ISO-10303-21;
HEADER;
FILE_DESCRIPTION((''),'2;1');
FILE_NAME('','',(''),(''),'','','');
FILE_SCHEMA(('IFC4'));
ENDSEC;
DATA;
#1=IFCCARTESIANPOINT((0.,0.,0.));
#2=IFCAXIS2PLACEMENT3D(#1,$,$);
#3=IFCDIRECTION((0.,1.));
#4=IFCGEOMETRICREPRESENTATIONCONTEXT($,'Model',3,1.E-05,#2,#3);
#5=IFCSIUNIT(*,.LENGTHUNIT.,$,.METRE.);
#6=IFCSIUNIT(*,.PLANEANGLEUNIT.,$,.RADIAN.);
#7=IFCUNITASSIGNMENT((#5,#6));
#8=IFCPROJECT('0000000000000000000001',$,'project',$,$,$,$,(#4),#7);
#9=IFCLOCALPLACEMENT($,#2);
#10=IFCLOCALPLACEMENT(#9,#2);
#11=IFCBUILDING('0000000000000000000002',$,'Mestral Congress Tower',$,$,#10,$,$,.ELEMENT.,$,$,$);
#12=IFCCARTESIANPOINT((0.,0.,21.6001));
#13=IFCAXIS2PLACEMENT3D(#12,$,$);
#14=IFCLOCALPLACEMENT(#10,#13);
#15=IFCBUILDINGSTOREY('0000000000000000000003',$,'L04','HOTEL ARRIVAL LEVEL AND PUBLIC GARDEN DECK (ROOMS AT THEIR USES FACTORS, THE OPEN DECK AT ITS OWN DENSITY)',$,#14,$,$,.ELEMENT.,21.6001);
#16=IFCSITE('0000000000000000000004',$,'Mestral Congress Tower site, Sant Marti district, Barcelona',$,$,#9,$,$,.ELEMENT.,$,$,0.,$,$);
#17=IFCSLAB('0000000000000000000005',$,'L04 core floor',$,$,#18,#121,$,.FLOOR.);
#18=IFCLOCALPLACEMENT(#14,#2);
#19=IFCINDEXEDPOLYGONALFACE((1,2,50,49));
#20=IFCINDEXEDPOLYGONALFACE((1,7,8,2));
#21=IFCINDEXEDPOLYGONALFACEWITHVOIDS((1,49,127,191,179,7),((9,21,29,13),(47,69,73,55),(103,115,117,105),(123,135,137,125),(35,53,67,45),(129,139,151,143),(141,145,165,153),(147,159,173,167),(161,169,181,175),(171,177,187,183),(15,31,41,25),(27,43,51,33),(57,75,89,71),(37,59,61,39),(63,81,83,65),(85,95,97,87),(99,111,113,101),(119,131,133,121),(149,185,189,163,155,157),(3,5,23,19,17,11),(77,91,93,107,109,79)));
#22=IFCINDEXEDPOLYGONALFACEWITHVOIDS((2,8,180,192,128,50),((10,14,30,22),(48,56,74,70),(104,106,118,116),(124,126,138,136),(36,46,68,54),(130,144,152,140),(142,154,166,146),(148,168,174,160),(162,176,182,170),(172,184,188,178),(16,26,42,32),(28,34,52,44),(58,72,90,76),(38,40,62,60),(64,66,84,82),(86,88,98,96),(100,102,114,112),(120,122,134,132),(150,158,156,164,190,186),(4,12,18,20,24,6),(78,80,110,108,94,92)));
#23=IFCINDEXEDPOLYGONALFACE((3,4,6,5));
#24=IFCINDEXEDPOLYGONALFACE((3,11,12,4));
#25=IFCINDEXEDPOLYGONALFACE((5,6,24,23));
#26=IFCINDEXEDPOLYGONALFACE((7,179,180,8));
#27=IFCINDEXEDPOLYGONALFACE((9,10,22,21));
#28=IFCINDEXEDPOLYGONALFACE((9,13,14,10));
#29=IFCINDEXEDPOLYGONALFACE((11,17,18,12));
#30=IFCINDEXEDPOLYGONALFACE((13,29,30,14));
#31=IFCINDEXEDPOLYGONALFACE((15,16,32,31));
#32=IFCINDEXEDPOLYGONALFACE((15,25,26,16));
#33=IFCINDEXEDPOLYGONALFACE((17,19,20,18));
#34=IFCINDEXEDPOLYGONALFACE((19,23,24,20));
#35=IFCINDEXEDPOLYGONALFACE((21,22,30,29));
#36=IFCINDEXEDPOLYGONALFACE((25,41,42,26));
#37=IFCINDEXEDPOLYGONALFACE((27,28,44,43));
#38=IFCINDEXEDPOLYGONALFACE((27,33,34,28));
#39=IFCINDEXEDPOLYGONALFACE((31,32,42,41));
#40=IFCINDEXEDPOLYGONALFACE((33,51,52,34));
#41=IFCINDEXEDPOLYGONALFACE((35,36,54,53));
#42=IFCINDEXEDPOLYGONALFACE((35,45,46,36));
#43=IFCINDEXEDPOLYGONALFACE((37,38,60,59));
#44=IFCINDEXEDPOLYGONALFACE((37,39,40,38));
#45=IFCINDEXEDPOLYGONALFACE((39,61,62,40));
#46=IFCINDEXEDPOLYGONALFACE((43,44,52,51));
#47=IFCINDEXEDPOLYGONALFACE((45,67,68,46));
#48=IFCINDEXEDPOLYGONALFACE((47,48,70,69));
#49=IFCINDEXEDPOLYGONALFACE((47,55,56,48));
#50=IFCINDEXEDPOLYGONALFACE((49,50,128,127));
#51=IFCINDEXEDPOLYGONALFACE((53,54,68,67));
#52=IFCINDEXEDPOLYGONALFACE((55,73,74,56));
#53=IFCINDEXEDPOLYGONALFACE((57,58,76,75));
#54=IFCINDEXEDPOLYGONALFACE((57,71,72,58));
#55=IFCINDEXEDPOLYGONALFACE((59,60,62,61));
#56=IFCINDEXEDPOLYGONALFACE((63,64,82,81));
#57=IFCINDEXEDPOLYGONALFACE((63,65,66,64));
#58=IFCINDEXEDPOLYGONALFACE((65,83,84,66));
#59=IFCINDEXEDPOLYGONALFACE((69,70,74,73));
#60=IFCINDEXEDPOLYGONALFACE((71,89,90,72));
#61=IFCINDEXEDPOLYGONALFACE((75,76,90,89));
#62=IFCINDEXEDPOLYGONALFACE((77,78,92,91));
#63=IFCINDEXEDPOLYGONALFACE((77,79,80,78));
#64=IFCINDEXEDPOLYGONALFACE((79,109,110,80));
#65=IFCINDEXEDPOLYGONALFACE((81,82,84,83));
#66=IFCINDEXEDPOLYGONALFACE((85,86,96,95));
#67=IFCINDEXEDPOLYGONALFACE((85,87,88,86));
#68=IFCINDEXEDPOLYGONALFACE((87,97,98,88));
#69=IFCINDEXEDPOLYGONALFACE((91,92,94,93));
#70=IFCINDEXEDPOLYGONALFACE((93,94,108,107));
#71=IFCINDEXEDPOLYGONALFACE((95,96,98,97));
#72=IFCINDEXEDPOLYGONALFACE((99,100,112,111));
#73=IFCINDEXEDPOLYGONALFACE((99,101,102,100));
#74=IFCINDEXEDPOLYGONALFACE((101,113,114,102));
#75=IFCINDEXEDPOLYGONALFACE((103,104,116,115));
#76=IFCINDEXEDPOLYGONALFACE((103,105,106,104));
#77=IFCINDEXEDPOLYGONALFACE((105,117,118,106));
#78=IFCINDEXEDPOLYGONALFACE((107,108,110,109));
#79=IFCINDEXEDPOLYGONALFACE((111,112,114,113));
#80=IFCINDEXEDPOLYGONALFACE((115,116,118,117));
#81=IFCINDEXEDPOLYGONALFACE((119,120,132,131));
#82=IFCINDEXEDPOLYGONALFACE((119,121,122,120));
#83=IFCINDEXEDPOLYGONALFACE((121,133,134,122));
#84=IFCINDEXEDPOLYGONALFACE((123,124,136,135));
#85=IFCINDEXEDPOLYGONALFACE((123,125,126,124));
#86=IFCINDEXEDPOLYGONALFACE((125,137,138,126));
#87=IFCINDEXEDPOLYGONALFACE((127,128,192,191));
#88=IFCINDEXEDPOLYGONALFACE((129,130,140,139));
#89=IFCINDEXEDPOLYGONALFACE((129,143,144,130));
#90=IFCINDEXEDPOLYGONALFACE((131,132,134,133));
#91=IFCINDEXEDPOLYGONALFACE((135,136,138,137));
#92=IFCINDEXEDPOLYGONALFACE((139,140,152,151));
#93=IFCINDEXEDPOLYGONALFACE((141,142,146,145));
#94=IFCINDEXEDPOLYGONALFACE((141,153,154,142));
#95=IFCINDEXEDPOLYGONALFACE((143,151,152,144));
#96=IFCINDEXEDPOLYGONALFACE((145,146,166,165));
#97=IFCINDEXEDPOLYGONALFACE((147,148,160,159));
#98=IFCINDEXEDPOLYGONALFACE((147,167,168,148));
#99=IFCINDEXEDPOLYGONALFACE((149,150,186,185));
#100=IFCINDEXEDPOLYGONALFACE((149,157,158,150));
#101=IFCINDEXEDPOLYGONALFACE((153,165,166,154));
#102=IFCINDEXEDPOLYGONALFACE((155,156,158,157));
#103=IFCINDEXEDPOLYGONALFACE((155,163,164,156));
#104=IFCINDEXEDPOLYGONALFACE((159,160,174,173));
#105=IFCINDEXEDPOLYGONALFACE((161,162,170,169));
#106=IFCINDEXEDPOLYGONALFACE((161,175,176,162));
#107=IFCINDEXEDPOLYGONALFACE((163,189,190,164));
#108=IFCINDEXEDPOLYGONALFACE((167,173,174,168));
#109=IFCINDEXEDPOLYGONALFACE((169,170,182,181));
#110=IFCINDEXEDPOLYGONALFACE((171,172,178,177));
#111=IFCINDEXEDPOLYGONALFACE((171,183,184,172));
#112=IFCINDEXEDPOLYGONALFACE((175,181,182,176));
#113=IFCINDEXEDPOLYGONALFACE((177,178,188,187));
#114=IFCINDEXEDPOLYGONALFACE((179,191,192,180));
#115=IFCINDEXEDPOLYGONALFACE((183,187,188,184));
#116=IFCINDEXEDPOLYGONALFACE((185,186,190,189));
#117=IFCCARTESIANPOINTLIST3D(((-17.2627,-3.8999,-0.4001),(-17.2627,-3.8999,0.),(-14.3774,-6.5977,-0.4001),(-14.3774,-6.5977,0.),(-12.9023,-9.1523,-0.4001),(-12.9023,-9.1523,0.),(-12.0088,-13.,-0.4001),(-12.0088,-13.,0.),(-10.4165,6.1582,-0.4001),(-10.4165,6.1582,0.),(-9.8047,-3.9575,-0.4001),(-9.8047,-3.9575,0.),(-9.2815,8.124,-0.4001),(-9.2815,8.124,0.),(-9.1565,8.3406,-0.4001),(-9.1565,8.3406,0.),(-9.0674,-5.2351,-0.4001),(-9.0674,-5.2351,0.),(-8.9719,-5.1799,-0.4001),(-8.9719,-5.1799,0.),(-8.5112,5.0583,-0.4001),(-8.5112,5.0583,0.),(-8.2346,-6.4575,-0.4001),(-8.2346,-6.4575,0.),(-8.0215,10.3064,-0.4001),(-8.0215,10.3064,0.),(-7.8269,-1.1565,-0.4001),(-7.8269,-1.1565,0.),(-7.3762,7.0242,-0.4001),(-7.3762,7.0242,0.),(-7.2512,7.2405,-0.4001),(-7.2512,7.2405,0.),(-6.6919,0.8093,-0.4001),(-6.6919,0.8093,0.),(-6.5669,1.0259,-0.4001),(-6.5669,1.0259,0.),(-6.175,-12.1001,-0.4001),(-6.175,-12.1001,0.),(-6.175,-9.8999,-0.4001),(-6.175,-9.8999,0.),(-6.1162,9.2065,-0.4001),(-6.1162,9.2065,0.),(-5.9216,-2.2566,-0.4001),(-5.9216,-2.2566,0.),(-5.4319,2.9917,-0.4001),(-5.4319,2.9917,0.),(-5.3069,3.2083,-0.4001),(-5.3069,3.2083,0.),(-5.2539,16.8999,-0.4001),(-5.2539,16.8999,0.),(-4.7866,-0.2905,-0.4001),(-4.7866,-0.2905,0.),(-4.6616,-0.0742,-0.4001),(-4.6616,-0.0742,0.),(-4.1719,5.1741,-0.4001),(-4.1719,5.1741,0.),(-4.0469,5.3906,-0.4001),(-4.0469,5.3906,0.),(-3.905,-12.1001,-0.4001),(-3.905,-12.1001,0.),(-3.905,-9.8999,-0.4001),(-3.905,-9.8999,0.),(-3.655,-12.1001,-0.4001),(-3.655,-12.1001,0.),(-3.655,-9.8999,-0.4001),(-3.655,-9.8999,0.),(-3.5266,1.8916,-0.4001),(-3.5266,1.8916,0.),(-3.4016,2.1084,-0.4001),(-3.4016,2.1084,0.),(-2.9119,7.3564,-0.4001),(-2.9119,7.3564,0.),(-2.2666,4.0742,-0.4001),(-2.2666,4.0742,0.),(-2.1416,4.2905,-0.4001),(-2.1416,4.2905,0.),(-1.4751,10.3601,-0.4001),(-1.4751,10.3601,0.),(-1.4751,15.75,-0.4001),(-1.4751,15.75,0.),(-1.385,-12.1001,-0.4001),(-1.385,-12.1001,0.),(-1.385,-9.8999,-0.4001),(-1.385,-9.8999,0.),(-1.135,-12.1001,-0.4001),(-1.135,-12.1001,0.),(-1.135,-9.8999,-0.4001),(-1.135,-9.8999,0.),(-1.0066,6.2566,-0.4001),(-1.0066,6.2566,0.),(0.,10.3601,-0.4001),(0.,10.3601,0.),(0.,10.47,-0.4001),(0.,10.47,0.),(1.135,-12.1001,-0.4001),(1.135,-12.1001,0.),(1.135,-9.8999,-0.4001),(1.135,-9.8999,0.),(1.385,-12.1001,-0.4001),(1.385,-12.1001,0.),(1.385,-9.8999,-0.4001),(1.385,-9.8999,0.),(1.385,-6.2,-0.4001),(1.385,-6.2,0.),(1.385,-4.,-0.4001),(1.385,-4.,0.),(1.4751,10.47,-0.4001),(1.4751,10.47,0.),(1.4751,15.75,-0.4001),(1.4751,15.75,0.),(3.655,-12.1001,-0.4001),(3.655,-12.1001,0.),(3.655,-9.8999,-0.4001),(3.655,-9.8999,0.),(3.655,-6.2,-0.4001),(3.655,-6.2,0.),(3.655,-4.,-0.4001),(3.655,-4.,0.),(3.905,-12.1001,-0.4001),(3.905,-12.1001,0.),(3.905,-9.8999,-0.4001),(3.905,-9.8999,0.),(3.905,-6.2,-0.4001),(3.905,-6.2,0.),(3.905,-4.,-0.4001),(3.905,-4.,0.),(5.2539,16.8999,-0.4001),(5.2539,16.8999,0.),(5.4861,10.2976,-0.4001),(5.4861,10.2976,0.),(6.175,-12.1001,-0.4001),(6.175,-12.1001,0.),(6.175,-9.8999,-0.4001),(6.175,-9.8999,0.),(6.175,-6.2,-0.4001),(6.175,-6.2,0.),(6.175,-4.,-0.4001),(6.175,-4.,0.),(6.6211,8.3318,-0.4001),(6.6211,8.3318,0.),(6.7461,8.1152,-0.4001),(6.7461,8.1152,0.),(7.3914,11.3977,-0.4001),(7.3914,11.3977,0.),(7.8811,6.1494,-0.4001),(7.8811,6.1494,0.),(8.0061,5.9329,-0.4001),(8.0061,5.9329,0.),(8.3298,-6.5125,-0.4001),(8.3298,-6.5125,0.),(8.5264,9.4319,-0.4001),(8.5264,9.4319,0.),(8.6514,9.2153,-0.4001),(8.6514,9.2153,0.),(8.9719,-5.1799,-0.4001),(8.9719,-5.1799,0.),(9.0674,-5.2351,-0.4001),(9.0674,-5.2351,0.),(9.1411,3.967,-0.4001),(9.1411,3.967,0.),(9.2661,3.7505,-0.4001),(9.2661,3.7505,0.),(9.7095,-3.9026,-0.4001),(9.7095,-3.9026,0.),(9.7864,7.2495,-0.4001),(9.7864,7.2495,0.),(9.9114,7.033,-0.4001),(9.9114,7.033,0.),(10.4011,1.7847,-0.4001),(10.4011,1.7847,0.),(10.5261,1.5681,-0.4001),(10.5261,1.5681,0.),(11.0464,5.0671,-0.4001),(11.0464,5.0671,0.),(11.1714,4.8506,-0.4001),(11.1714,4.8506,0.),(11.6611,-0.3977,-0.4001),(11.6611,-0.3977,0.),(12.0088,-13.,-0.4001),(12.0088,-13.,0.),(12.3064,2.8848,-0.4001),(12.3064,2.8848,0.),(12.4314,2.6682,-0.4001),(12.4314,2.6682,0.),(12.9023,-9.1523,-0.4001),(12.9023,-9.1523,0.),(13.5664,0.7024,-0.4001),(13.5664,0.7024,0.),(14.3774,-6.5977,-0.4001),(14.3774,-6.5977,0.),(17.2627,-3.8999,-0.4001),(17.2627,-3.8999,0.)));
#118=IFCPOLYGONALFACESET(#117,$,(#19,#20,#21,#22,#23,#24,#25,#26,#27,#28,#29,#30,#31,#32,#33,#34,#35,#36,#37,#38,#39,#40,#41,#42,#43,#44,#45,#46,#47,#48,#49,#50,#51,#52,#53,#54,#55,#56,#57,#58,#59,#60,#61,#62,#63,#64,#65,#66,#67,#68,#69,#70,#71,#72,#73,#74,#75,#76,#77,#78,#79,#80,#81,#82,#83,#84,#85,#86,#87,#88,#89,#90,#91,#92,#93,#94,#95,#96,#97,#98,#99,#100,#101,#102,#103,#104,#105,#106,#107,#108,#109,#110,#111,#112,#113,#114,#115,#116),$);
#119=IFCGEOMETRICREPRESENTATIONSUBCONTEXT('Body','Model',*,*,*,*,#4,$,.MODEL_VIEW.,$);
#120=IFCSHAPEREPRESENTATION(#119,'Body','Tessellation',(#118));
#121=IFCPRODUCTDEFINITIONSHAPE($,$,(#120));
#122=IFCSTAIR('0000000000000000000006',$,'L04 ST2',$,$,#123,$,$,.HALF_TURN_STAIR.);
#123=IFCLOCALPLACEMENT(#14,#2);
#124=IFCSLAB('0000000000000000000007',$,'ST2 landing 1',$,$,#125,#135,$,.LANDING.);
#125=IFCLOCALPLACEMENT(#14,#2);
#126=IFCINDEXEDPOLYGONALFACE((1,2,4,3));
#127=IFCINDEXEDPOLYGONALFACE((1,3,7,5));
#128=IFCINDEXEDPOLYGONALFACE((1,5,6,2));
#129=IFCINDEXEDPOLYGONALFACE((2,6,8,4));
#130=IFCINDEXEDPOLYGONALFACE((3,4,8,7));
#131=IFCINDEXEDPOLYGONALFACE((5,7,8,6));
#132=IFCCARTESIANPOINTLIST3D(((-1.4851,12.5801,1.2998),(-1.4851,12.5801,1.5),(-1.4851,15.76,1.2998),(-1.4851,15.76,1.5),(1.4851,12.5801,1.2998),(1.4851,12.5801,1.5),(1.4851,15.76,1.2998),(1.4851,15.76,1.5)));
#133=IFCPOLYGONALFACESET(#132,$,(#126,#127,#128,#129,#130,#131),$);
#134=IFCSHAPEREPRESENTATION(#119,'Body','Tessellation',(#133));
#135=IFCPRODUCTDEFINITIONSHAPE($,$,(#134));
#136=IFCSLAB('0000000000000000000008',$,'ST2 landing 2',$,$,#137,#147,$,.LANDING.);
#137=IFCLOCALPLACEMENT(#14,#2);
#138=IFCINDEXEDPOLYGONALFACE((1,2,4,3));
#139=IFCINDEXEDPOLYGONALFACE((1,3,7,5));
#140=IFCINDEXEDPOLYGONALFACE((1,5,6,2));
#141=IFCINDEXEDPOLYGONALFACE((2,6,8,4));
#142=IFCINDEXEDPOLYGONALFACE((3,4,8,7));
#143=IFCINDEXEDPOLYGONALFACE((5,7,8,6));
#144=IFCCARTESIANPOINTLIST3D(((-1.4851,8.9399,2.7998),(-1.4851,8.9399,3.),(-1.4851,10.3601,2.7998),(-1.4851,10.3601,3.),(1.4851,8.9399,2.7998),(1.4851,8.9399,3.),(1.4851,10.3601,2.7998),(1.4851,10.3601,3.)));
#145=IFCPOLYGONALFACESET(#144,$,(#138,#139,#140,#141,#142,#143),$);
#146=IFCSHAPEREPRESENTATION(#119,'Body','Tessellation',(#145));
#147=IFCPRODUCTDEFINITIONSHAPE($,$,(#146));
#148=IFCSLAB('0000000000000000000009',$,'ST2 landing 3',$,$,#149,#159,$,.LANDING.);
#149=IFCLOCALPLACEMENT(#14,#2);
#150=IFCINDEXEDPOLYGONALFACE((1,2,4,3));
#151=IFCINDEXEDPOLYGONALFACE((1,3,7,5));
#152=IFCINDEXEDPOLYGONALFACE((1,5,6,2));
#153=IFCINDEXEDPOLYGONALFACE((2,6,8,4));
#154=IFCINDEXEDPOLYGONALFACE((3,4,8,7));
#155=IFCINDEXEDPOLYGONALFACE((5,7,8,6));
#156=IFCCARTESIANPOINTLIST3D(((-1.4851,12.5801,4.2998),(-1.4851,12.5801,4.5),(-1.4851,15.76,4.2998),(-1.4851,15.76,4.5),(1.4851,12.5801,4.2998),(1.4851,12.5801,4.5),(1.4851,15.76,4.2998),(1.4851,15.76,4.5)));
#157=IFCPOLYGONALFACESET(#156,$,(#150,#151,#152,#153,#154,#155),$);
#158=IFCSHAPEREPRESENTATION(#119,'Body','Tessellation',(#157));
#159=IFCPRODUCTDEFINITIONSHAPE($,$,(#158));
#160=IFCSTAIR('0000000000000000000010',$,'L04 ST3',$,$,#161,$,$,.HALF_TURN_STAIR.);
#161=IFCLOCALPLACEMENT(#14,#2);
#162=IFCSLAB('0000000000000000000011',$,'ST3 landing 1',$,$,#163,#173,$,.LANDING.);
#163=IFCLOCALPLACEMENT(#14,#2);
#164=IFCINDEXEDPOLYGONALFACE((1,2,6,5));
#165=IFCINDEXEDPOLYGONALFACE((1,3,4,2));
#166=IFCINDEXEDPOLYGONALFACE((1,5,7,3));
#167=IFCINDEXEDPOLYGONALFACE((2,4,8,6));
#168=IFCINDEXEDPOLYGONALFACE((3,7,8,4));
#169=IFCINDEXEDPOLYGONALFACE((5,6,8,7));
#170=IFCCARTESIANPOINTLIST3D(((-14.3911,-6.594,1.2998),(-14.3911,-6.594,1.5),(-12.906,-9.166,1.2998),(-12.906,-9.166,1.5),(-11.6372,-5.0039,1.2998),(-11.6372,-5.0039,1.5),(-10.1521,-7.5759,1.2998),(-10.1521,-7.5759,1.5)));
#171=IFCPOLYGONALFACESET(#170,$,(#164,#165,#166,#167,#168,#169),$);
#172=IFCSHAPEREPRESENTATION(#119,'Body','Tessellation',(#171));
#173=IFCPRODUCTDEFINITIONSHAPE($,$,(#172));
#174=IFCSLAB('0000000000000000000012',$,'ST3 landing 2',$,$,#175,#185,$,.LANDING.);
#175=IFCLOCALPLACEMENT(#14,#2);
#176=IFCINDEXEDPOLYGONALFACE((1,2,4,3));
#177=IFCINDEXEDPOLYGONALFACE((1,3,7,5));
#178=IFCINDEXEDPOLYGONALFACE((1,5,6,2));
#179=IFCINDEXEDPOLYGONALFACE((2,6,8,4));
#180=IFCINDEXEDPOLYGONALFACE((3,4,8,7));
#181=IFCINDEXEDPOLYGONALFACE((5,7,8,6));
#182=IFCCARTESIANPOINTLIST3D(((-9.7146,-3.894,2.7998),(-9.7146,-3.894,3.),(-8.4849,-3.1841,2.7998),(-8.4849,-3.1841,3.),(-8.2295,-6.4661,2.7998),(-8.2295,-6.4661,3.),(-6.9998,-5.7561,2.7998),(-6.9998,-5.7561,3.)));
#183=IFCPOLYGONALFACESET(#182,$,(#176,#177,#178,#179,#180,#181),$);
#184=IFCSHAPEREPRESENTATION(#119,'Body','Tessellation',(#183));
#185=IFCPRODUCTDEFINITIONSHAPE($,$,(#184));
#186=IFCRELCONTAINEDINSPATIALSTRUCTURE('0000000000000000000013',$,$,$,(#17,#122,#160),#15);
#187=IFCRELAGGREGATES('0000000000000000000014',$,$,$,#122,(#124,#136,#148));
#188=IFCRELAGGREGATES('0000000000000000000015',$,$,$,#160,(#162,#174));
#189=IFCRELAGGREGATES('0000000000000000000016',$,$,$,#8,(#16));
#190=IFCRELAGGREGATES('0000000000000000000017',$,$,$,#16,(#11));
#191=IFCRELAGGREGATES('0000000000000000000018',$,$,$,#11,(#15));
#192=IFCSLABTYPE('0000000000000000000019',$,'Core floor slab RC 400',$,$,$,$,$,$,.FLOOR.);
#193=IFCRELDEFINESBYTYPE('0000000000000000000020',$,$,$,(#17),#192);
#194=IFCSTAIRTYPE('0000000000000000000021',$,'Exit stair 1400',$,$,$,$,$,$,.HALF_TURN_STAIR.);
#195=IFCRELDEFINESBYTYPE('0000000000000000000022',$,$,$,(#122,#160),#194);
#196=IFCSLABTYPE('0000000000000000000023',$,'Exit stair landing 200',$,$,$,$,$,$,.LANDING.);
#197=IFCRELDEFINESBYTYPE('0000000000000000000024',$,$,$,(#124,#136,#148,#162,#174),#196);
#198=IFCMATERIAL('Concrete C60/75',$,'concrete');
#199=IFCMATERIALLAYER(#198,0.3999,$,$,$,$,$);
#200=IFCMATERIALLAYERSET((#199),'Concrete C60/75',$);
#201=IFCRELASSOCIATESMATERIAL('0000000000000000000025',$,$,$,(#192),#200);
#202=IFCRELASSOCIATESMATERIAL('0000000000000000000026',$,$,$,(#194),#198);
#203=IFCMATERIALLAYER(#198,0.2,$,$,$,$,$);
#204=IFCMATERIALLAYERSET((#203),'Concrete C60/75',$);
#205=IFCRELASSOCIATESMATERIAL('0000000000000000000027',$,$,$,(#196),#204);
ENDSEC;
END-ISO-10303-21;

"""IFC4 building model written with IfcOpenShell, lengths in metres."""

from ifc_helpers import new_model, si_unit, direction, frame, origin, place, context, subcontext, project, spatial, polyline, outline, extrude, material, layer, layer_set, type_object, element, aggregate, save


model = new_model("IFC4")

# Units and contexts
model_context = context("Model", 3, precision=1e-05, world=origin(), true_north=direction((0.0, 1.0)))
body_context = subcontext(model_context, "Body", "Model", "MODEL_VIEW")
ifc_project = project(units=[si_unit("LENGTHUNIT", "METRE"), si_unit("PLANEANGLEUNIT", "RADIAN")], contexts=[model_context])

# Site, building, storey
site_placement = place(None, origin())
site = spatial("IfcSite", under=ifc_project, at=site_placement, Name="Mestral Congress Tower site, Sant Marti district, Barcelona", CompositionType="ELEMENT", RefElevation=0.0)
building_placement = place(site_placement, origin())
building = spatial("IfcBuilding", under=site, at=building_placement, Name="Mestral Congress Tower", CompositionType="ELEMENT")
storey_placement = place(building_placement, frame((0.0, 0.0, 21.6001)))
storey = spatial("IfcBuildingStorey", under=building, at=storey_placement, Name="L04", Description="HOTEL ARRIVAL LEVEL AND PUBLIC GARDEN DECK (ROOMS AT THEIR USES FACTORS, THE OPEN DECK AT ITS OWN DENSITY)", CompositionType="ELEMENT", Elevation=21.6001)

# Slab
ifc_material_1 = material(Name="Concrete C60/75", Category="concrete")
ifc_layer_1 = layer(ifc_material_1, 0.3999)
ifc_layer_set_1 = layer_set([ifc_layer_1], Name="Concrete C60/75")
slab_type_1 = type_object("IfcSlabType", Name="Core floor slab RC 400", PredefinedType="FLOOR", material=ifc_layer_set_1)
slab_1_placement = place(storey_placement, frame((0.0, 0.0, -0.4001)))
element("IfcSlab", 1, at=slab_1_placement, inside=storey, type_object=slab_type_1, Name="L04 core floor", PredefinedType="FLOOR", context=body_context, shape_type="SweptSolid", body=[
    extrude(outline(polyline([(12.0088, -13.0), (-12.0088, -13.0), (-17.2627, -3.8999), (-5.2539, 16.8999), (5.2539, 16.8999), (17.2627, -3.8999), (12.0088, -13.0)]), holes=[polyline([(-3.905, -9.8999), (-6.175, -9.8999), (-6.175, -12.1001), (-3.905, -12.1001), (-3.905, -9.8999)]), polyline([(-1.385, -9.8999), (-3.655, -9.8999), (-3.655, -12.1001), (-1.385, -12.1001), (-1.385, -9.8999)]), polyline([(1.135, -9.8999), (-1.135, -9.8999), (-1.135, -12.1001), (1.135, -12.1001), (1.135, -9.8999)]), polyline([(-9.0674, -5.2351), (-9.8047, -3.9575), (-14.3774, -6.5977), (-12.9023, -9.1523), (-8.2346, -6.4575), (-8.9719, -5.1799), (-9.0674, -5.2351)]), polyline([(-7.8269, -1.1565), (-5.9216, -2.2566), (-4.7866, -0.2905), (-6.6919, 0.8093), (-7.8269, -1.1565)]), polyline([(-4.6616, -0.0742), (-3.5266, 1.8916), (-5.4319, 2.9917), (-6.5669, 1.0259), (-4.6616, -0.0742)]), polyline([(-3.4016, 2.1084), (-2.2666, 4.0742), (-4.1719, 5.1741), (-5.3069, 3.2083), (-3.4016, 2.1084)]), polyline([(-2.1416, 4.2905), (-1.0066, 6.2566), (-2.9119, 7.3564), (-4.0469, 5.3906), (-2.1416, 4.2905)]), polyline([(-10.4165, 6.1582), (-8.5112, 5.0583), (-7.3762, 7.0242), (-9.2815, 8.124), (-10.4165, 6.1582)]), polyline([(-9.1565, 8.3406), (-7.2512, 7.2405), (-6.1162, 9.2065), (-8.0215, 10.3064), (-9.1565, 8.3406)]), polyline([(1.4751, 10.47), (1.4751, 15.75), (-1.4751, 15.75), (-1.4751, 10.3601), (0.0, 10.3601), (0.0, 10.47), (1.4751, 10.47)]), polyline([(3.655, -9.8999), (1.385, -9.8999), (1.385, -12.1001), (3.655, -12.1001), (3.655, -9.8999)]), polyline([(6.175, -9.8999), (3.905, -9.8999), (3.905, -12.1001), (6.175, -12.1001), (6.175, -9.8999)]), polyline([(9.0674, -5.2351), (8.3298, -6.5125), (12.9023, -9.1523), (14.3774, -6.5977), (9.7095, -3.9026), (8.9719, -5.1799), (9.0674, -5.2351)]), polyline([(3.655, -6.2), (3.655, -4.0), (1.385, -4.0), (1.385, -6.2), (3.655, -6.2)]), polyline([(6.175, -4.0), (3.905, -4.0), (3.905, -6.2), (6.175, -6.2), (6.175, -4.0)]), polyline([(12.4314, 2.6682), (10.5261, 1.5681), (11.6611, -0.3977), (13.5664, 0.7024), (12.4314, 2.6682)]), polyline([(11.1714, 4.8506), (9.2661, 3.7505), (10.4011, 1.7847), (12.3064, 2.8848), (11.1714, 4.8506)]), polyline([(8.0061, 5.9329), (9.1411, 3.967), (11.0464, 5.0671), (9.9114, 7.033), (8.0061, 5.9329)]), polyline([(8.6514, 9.2153), (6.7461, 8.1152), (7.8811, 6.1494), (9.7864, 7.2495), (8.6514, 9.2153)]), polyline([(7.3914, 11.3977), (5.4861, 10.2976), (6.6211, 8.3318), (8.5264, 9.4319), (7.3914, 11.3977)])]), origin(), (0.0, 0.0, 1.0), 0.4001),
])

# Stairs, slabs
stair_type = type_object("IfcStairType", Name="Exit stair 1400", PredefinedType="HALF_TURN_STAIR", material=ifc_material_1)
placement_1 = place(storey_placement, origin())
stair_1 = element("IfcStair", 2, at=placement_1, inside=storey, type_object=stair_type, Name="L04 ST2", PredefinedType="HALF_TURN_STAIR")
ifc_layer_2 = layer(ifc_material_1, 0.2)
ifc_layer_set_2 = layer_set([ifc_layer_2], Name="Concrete C60/75")
slab_type_2 = type_object("IfcSlabType", Name="Exit stair landing 200", PredefinedType="LANDING", material=ifc_layer_set_2)
placement_2 = place(storey_placement, frame((0.0, 0.0, 1.2998)))
slab_2 = element("IfcSlab", 3, at=placement_2, type_object=slab_type_2, Name="ST2 landing 1", PredefinedType="LANDING", context=body_context, shape_type="SweptSolid", body=[
    extrude(outline(polyline([(1.4851, 12.5801), (-1.4851, 12.5801), (-1.4851, 15.76), (1.4851, 15.76), (1.4851, 12.5801)])), origin(), (0.0, 0.0, 1.0), 0.2002),
])
placement_3 = place(storey_placement, frame((0.0, 0.0, 2.7998)))
slab_3 = element("IfcSlab", 4, at=placement_3, type_object=slab_type_2, Name="ST2 landing 2", PredefinedType="LANDING", context=body_context, shape_type="SweptSolid", body=[
    extrude(outline(polyline([(1.4851, 8.9399), (-1.4851, 8.9399), (-1.4851, 10.3601), (1.4851, 10.3601), (1.4851, 8.9399)])), origin(), (0.0, 0.0, 1.0), 0.2002),
])
placement_4 = place(storey_placement, frame((0.0, 0.0, 4.2998)))
slab_4 = element("IfcSlab", 5, at=placement_4, type_object=slab_type_2, Name="ST2 landing 3", PredefinedType="LANDING", context=body_context, shape_type="SweptSolid", body=[
    extrude(outline(polyline([(1.4851, 12.5801), (-1.4851, 12.5801), (-1.4851, 15.76), (1.4851, 15.76), (1.4851, 12.5801)])), origin(), (0.0, 0.0, 1.0), 0.2002),
])
aggregate(stair_1, [slab_2, slab_3, slab_4])
stair_2 = element("IfcStair", 6, at=placement_1, inside=storey, type_object=stair_type, Name="L04 ST3", PredefinedType="HALF_TURN_STAIR")
slab_5 = element("IfcSlab", 7, at=placement_2, type_object=slab_type_2, Name="ST3 landing 1", PredefinedType="LANDING", context=body_context, shape_type="SweptSolid", body=[
    extrude(outline(polyline([(-11.6372, -5.0039), (-10.1521, -7.5759), (-12.906, -9.166), (-14.3911, -6.594), (-11.6372, -5.0039)])), origin(), (0.0, 0.0, 1.0), 0.2002),
])
slab_6 = element("IfcSlab", 8, at=placement_3, type_object=slab_type_2, Name="ST3 landing 2", PredefinedType="LANDING", context=body_context, shape_type="SweptSolid", body=[
    extrude(outline(polyline([(-8.4849, -3.1841), (-6.9998, -5.7561), (-8.2295, -6.4661), (-9.7146, -3.894), (-8.4849, -3.1841)])), origin(), (0.0, 0.0, 1.0), 0.2002),
])
aggregate(stair_2, [slab_5, slab_6])

save(model, "model.ifc")
